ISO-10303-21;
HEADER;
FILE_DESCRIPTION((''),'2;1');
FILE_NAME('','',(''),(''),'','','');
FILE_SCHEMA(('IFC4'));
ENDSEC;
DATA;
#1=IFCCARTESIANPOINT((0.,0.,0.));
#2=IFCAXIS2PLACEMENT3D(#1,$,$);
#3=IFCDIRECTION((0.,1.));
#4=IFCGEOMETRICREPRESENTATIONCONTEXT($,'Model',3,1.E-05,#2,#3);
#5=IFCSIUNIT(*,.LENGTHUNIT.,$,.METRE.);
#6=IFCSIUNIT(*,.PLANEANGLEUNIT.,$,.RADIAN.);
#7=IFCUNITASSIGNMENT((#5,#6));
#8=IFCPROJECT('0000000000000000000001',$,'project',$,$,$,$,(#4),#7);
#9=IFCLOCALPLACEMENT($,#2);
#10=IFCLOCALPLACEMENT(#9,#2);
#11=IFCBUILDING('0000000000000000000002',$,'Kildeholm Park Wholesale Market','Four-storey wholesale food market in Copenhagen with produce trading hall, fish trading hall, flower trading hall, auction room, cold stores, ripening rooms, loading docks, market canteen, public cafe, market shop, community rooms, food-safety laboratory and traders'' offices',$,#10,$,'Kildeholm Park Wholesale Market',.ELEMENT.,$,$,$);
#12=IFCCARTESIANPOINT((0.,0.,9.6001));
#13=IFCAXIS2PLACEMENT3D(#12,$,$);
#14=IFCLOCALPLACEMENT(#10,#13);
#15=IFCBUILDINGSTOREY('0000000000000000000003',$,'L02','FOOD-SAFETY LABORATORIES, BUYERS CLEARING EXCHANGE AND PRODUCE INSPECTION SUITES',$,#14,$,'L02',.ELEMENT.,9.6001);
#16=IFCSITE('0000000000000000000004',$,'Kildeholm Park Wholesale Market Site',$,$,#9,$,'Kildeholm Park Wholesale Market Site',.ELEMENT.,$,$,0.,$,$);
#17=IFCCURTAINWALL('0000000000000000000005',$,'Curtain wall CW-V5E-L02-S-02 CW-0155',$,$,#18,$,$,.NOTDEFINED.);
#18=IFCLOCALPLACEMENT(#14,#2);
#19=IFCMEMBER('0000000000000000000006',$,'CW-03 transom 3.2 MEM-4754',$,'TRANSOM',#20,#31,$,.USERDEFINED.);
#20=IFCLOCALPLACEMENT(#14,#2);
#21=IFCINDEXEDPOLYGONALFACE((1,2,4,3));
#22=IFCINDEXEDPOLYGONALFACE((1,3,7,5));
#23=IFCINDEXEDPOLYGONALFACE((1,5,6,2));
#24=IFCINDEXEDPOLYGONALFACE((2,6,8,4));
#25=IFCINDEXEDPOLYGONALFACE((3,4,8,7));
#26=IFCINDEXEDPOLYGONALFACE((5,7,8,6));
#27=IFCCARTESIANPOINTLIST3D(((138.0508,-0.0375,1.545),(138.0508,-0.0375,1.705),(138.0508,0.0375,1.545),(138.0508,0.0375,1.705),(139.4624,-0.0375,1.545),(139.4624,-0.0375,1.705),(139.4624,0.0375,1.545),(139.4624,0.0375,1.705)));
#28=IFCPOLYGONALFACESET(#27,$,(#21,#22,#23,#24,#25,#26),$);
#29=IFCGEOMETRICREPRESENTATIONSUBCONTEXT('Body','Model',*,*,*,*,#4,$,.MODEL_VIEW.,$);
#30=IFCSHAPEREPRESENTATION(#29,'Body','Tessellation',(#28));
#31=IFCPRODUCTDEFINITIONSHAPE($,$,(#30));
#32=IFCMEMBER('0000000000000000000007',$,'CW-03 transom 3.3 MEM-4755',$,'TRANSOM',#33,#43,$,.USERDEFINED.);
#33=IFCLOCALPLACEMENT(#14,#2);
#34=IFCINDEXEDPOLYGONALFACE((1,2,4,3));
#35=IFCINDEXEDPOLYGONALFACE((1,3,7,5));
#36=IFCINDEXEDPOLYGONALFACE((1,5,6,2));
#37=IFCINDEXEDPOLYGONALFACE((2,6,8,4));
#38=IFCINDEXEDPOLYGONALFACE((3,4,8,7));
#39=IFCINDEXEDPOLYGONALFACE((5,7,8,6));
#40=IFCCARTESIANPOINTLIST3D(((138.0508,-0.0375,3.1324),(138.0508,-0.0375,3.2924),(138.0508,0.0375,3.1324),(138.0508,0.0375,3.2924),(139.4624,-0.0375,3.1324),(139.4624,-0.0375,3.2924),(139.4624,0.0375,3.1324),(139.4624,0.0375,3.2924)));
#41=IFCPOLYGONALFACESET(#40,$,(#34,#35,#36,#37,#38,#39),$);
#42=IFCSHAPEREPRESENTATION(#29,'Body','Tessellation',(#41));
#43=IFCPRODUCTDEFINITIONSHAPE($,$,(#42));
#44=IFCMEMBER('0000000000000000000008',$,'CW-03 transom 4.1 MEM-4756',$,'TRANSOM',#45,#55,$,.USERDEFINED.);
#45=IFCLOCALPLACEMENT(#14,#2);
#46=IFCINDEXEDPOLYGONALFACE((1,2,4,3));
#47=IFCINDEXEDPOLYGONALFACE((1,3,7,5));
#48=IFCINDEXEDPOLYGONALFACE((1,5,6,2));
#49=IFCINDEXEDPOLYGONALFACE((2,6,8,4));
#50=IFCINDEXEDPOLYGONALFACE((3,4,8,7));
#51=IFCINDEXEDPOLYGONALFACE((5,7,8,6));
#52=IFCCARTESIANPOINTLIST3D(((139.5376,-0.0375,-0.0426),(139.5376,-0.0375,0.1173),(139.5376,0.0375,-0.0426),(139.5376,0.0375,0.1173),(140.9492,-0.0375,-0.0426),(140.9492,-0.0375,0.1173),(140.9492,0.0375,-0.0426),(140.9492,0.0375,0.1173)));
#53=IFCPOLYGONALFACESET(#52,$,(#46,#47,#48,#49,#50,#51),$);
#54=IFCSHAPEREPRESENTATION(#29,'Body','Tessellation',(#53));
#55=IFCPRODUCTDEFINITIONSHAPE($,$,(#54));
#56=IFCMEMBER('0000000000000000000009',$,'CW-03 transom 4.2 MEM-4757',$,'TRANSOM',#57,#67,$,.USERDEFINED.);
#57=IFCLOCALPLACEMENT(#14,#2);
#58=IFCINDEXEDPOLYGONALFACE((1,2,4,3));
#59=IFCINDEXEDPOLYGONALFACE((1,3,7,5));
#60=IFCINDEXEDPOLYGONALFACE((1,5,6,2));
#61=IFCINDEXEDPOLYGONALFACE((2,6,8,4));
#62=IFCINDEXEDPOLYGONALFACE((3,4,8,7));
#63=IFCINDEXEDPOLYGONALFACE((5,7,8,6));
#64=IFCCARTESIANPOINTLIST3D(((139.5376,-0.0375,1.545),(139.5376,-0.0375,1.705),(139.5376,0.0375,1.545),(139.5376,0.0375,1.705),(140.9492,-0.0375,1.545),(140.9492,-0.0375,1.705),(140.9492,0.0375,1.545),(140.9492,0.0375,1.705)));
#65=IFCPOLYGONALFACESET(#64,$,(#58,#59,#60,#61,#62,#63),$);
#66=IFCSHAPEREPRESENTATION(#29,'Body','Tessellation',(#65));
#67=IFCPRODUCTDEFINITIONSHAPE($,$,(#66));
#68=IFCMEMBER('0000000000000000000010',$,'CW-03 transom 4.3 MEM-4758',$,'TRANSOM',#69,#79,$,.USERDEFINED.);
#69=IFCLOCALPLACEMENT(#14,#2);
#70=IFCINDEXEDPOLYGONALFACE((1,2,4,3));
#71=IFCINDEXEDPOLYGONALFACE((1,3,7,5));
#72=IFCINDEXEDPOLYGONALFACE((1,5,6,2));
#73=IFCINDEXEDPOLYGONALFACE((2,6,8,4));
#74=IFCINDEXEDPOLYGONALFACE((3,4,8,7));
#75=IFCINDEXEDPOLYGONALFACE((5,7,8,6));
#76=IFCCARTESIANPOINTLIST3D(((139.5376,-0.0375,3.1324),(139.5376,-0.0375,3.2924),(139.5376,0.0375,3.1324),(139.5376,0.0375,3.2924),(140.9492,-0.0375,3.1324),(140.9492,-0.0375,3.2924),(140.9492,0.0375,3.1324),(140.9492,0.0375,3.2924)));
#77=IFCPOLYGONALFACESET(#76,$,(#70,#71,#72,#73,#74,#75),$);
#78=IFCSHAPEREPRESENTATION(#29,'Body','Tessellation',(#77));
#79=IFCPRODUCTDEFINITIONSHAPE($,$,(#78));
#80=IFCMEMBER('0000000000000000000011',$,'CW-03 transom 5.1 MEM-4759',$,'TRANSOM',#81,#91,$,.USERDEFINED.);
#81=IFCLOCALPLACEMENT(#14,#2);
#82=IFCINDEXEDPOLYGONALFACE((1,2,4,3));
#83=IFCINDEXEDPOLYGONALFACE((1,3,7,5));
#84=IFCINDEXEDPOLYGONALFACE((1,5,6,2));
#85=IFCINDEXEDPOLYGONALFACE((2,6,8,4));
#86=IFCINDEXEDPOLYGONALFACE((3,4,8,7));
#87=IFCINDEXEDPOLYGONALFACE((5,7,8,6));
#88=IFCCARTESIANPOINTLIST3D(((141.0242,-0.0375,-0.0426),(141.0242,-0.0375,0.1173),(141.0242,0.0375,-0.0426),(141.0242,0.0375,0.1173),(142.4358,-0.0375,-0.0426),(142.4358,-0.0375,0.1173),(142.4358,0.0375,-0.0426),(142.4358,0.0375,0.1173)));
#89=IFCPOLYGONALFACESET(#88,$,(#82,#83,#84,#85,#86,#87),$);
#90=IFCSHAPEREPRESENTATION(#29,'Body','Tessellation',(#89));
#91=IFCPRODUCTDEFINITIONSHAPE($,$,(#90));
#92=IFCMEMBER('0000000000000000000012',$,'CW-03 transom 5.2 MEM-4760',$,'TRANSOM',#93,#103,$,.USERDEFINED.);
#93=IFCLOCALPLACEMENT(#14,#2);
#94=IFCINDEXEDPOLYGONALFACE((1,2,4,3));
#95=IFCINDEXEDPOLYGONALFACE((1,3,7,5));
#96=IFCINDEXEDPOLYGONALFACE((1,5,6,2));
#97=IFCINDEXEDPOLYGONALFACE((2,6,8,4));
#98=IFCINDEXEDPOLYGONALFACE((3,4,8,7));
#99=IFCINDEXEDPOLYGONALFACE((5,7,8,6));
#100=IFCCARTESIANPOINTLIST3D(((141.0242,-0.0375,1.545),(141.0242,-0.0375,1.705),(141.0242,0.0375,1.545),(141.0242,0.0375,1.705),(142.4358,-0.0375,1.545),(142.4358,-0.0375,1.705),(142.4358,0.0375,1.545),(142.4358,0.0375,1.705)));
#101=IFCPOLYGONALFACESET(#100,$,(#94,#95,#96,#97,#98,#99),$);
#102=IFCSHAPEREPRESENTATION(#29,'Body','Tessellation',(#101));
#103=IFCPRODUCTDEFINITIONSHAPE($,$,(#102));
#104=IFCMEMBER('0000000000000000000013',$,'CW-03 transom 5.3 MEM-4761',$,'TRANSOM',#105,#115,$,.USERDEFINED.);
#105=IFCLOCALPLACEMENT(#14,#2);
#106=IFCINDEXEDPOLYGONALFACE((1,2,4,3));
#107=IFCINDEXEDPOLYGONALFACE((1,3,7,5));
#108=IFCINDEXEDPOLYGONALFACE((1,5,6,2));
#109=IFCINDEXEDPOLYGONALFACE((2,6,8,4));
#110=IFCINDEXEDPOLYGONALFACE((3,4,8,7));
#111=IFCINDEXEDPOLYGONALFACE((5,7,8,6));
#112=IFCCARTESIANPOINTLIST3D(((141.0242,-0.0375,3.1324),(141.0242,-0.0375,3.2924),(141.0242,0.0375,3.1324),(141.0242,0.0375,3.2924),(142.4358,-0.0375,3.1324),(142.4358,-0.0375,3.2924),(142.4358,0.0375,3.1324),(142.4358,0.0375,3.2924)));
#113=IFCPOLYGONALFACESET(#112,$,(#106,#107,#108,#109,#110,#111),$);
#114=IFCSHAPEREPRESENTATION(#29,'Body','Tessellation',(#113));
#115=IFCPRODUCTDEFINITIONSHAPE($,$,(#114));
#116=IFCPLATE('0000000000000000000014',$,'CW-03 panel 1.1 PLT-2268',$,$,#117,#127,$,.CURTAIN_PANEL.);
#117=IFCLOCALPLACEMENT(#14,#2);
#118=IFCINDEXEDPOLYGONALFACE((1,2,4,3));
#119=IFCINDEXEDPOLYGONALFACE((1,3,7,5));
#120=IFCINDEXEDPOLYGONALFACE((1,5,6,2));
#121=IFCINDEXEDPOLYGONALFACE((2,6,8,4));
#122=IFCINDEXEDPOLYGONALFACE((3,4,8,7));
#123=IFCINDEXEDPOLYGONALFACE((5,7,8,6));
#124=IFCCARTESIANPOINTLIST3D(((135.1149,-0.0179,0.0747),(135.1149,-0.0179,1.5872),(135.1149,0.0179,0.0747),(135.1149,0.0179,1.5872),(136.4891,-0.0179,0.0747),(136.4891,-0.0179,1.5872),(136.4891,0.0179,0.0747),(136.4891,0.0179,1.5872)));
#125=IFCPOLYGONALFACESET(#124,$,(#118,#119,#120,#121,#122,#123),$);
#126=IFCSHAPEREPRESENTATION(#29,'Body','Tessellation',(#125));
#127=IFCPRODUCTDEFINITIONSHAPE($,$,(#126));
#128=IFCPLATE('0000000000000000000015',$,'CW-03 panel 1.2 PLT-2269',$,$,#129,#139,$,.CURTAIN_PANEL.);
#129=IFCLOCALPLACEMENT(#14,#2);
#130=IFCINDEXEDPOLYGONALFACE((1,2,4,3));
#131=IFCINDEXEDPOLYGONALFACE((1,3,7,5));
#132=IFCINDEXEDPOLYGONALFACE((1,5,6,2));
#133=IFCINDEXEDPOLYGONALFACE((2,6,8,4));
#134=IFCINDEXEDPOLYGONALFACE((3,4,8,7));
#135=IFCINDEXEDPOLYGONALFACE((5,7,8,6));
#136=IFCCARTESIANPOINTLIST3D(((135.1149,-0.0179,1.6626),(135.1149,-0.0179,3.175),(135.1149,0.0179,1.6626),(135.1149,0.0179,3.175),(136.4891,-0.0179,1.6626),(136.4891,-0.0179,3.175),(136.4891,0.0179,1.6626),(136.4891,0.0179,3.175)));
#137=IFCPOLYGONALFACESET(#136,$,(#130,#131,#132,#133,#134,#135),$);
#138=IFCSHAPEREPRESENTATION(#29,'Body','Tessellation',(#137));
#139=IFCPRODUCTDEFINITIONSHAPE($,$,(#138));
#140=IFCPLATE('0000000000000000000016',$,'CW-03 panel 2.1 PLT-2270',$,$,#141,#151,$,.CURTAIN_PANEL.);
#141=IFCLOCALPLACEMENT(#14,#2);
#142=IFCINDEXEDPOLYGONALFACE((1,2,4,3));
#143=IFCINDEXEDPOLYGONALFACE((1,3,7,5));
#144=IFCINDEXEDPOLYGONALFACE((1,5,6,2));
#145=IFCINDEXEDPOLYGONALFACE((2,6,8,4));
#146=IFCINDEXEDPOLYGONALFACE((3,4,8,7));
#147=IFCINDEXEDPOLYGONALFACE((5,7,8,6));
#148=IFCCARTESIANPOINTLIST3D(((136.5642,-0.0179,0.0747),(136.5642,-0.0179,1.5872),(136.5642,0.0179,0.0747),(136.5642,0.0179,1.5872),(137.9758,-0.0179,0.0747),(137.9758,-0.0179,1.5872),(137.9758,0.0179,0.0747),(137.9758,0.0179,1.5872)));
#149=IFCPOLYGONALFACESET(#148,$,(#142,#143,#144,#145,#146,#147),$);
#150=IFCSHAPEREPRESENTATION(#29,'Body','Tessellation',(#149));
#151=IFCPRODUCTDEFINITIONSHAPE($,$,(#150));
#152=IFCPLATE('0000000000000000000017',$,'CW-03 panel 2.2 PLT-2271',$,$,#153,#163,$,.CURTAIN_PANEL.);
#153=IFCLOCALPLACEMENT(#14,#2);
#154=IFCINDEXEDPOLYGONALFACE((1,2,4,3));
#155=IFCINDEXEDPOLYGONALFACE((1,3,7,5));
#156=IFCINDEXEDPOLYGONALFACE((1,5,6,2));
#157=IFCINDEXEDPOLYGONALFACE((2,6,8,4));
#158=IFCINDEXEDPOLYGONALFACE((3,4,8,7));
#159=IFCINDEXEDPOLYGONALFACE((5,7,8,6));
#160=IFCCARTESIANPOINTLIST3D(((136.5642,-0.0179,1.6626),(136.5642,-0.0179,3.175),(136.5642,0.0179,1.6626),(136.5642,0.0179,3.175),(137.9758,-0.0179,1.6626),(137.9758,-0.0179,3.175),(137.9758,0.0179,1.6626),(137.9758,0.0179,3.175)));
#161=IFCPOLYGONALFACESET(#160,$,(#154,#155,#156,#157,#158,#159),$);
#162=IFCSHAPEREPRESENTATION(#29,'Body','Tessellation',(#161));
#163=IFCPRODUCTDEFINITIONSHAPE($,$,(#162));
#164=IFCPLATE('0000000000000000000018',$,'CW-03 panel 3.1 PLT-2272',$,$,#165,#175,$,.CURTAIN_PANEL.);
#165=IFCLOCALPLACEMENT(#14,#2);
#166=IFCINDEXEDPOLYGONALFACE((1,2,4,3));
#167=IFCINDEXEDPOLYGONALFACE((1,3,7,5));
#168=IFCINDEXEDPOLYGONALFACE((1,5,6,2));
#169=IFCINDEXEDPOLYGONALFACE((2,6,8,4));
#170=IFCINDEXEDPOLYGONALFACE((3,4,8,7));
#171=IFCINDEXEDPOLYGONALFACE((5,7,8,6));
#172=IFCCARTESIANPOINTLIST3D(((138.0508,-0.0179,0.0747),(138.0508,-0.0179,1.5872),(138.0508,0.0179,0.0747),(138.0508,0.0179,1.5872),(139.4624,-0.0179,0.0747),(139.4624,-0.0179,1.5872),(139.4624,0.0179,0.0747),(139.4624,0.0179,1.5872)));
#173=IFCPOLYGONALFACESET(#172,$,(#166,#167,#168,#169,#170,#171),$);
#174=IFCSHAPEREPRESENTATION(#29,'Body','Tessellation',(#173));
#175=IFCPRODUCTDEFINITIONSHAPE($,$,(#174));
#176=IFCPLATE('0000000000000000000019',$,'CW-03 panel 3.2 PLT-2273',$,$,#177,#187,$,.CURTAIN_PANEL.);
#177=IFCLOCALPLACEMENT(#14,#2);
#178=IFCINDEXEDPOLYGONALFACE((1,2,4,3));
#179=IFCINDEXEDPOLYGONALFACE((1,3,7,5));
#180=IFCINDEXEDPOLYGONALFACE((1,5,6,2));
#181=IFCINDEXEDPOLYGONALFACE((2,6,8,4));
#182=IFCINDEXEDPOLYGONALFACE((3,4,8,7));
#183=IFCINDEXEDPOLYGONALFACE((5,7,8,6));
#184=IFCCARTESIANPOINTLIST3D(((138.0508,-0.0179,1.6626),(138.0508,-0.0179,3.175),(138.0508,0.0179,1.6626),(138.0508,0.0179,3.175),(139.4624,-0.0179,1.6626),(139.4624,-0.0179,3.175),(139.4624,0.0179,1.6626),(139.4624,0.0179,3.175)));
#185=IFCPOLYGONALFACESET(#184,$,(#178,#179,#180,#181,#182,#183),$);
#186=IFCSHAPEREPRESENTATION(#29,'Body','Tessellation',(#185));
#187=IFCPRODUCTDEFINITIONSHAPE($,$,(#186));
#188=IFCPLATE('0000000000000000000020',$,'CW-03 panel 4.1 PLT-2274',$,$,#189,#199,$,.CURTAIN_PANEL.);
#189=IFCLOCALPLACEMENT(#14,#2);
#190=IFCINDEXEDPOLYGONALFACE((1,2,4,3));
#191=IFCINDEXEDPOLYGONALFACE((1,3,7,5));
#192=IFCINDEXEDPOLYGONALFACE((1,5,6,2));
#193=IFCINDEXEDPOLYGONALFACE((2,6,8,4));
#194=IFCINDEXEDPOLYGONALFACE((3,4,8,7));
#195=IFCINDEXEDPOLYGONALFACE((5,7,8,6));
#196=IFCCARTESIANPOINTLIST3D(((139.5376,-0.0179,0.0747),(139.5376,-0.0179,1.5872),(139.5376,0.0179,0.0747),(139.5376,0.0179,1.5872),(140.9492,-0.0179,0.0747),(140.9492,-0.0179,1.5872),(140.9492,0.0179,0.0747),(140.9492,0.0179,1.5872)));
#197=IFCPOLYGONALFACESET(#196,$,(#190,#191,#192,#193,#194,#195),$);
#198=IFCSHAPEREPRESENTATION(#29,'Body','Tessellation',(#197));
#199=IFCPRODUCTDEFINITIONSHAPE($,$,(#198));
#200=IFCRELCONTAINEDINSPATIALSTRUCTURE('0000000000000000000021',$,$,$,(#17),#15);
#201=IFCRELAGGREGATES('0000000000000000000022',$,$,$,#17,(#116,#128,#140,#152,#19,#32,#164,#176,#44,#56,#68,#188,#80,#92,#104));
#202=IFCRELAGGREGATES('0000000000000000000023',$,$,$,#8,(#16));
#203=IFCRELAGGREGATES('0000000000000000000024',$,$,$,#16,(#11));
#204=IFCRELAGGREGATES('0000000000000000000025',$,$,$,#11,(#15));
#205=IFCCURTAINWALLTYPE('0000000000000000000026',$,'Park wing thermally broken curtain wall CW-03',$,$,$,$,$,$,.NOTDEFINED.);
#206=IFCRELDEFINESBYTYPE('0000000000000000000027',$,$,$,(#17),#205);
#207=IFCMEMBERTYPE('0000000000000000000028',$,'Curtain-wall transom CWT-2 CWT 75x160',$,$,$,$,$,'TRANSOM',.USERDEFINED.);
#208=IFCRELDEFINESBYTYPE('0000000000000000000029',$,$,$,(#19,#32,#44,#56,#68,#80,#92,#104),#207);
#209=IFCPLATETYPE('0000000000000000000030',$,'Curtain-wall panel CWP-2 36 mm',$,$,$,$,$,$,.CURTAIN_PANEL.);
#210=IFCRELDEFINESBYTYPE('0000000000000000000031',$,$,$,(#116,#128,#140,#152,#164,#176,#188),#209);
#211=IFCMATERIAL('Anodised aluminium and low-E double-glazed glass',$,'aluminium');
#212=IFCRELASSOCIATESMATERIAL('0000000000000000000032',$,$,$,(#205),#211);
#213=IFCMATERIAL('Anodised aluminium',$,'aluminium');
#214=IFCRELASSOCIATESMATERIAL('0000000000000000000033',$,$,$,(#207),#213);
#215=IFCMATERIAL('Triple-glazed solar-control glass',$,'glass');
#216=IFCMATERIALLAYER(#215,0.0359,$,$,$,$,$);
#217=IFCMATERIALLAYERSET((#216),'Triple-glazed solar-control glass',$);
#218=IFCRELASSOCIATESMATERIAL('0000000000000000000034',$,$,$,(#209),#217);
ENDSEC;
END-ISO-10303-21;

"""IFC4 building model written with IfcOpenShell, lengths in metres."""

from ifc_helpers import new_model, si_unit, direction, frame, origin, origin_2d, place, context, subcontext, project, spatial, rectangle, extrude, material, layer, layer_set, material_profile, profile_set, type_object, element, aggregate, save


model = new_model("IFC4")

# Units and contexts
model_context = context("Model", 3, precision=1e-05, world=origin(), true_north=direction((0.0, 1.0)))
body_context = subcontext(model_context, "Body", "Model", "MODEL_VIEW")
ifc_project = project(units=[si_unit("LENGTHUNIT", "METRE"), si_unit("PLANEANGLEUNIT", "RADIAN")], contexts=[model_context])

# Site, building, storey
site_placement = place(None, origin())
site = spatial("IfcSite", under=ifc_project, at=site_placement, Name="Kildeholm Park Wholesale Market Site", LongName="Kildeholm Park Wholesale Market Site", CompositionType="ELEMENT", RefElevation=0.0)
building_placement = place(site_placement, origin())
building = spatial("IfcBuilding", under=site, at=building_placement, Name="Kildeholm Park Wholesale Market", Description="Four-storey wholesale food market in Copenhagen with produce trading hall, fish trading hall, flower trading hall, auction room, cold stores, ripening rooms, loading docks, market canteen, public cafe, market shop, community rooms, food-safety laboratory and traders' offices", LongName="Kildeholm Park Wholesale Market", CompositionType="ELEMENT")
storey_placement = place(building_placement, frame((0.0, 0.0, 9.6001)))
storey = spatial("IfcBuildingStorey", under=building, at=storey_placement, Name="L02", Description="FOOD-SAFETY LABORATORIES, BUYERS CLEARING EXCHANGE AND PRODUCE INSPECTION SUITES", LongName="L02", CompositionType="ELEMENT", Elevation=9.6001)

# Curtain wall, members, plates
ifc_material_1 = material(Name="Anodised aluminium and low-E double-glazed glass", Category="aluminium")
curtain_wall_type = type_object("IfcCurtainWallType", Name="Park wing thermally broken curtain wall CW-03", PredefinedType="NOTDEFINED", material=ifc_material_1)
curtain_wall_placement = place(storey_placement, origin())
curtain_wall = element("IfcCurtainWall", 1, at=curtain_wall_placement, inside=storey, type_object=curtain_wall_type, Name="Curtain wall CW-V5E-L02-S-02 CW-0155", PredefinedType="NOTDEFINED")
ifc_material_2 = material(Name="Anodised aluminium", Category="aluminium")
ifc_material_profile_1 = material_profile(ifc_material_2, rectangle(XDim=0.075, YDim=0.1599, at=origin_2d()), Name="CWT 75x160")
ifc_profile_set_1 = profile_set([ifc_material_profile_1], Name="Anodised aluminium")
member_type_1 = type_object("IfcMemberType", Name="Curtain-wall transom CWT-2 CWT 75x160", ElementType="TRANSOM", PredefinedType="USERDEFINED", material=ifc_profile_set_1)
member_1_placement = place(storey_placement, frame((138.0508, 0.0, 1.625), z_axis=(1.0, 0.0, 0.0), x_axis=(0.0, 1.0, 0.0)))
member_1 = element("IfcMember", 2, at=member_1_placement, type_object=member_type_1, Name="CW-03 transom 3.2 MEM-4754", ObjectType="TRANSOM", PredefinedType="USERDEFINED", context=body_context, shape_type="SweptSolid", body=[
    extrude(rectangle(XDim=0.075, YDim=0.1599, at=origin_2d()), origin(), (0.0, 0.0, 1.0), 1.4116),
])
member_2_placement = place(storey_placement, frame((138.0508, 0.0, 3.2124), z_axis=(1.0, 0.0, 0.0), x_axis=(0.0, 1.0, 0.0)))
member_2 = element("IfcMember", 3, at=member_2_placement, type_object=member_type_1, Name="CW-03 transom 3.3 MEM-4755", ObjectType="TRANSOM", PredefinedType="USERDEFINED", context=body_context, shape_type="SweptSolid", body=[
    extrude(rectangle(XDim=0.075, YDim=0.1599, at=origin_2d()), origin(), (0.0, 0.0, 1.0), 1.4116),
])
member_3_placement = place(storey_placement, frame((139.5376, 0.0, 0.0374), z_axis=(1.0, 0.0, 0.0), x_axis=(0.0, 1.0, 0.0)))
member_3 = element("IfcMember", 4, at=member_3_placement, type_object=member_type_1, Name="CW-03 transom 4.1 MEM-4756", ObjectType="TRANSOM", PredefinedType="USERDEFINED", context=body_context, shape_type="SweptSolid", body=[
    extrude(rectangle(XDim=0.075, YDim=0.1599, at=origin_2d()), origin(), (0.0, 0.0, 1.0), 1.4116),
])
member_4_placement = place(storey_placement, frame((139.5376, 0.0, 1.625), z_axis=(1.0, 0.0, 0.0), x_axis=(0.0, 1.0, 0.0)))
member_4 = element("IfcMember", 5, at=member_4_placement, type_object=member_type_1, Name="CW-03 transom 4.2 MEM-4757", ObjectType="TRANSOM", PredefinedType="USERDEFINED", context=body_context, shape_type="SweptSolid", body=[
    extrude(rectangle(XDim=0.075, YDim=0.1599, at=origin_2d()), origin(), (0.0, 0.0, 1.0), 1.4116),
])
member_5_placement = place(storey_placement, frame((139.5376, 0.0, 3.2124), z_axis=(1.0, 0.0, 0.0), x_axis=(0.0, 1.0, 0.0)))
member_5 = element("IfcMember", 6, at=member_5_placement, type_object=member_type_1, Name="CW-03 transom 4.3 MEM-4758", ObjectType="TRANSOM", PredefinedType="USERDEFINED", context=body_context, shape_type="SweptSolid", body=[
    extrude(rectangle(XDim=0.075, YDim=0.1599, at=origin_2d()), origin(), (0.0, 0.0, 1.0), 1.4116),
])
member_6_placement = place(storey_placement, frame((141.0242, 0.0, 0.0374), z_axis=(1.0, 0.0, 0.0), x_axis=(0.0, 1.0, 0.0)))
member_6 = element("IfcMember", 7, at=member_6_placement, type_object=member_type_1, Name="CW-03 transom 5.1 MEM-4759", ObjectType="TRANSOM", PredefinedType="USERDEFINED", context=body_context, shape_type="SweptSolid", body=[
    extrude(rectangle(XDim=0.075, YDim=0.1599, at=origin_2d()), origin(), (0.0, 0.0, 1.0), 1.4116),
])
member_7_placement = place(storey_placement, frame((141.0242, 0.0, 1.625), z_axis=(1.0, 0.0, 0.0), x_axis=(0.0, 1.0, 0.0)))
member_7 = element("IfcMember", 8, at=member_7_placement, type_object=member_type_1, Name="CW-03 transom 5.2 MEM-4760", ObjectType="TRANSOM", PredefinedType="USERDEFINED", context=body_context, shape_type="SweptSolid", body=[
    extrude(rectangle(XDim=0.075, YDim=0.1599, at=origin_2d()), origin(), (0.0, 0.0, 1.0), 1.4116),
])
member_8_placement = place(storey_placement, frame((141.0242, 0.0, 3.2124), z_axis=(1.0, 0.0, 0.0), x_axis=(0.0, 1.0, 0.0)))
member_8 = element("IfcMember", 9, at=member_8_placement, type_object=member_type_1, Name="CW-03 transom 5.3 MEM-4761", ObjectType="TRANSOM", PredefinedType="USERDEFINED", context=body_context, shape_type="SweptSolid", body=[
    extrude(rectangle(XDim=0.075, YDim=0.1599, at=origin_2d()), origin(), (0.0, 0.0, 1.0), 1.4116),
])
ifc_material_3 = material(Name="Triple-glazed solar-control glass", Category="glass")
ifc_layer = layer(ifc_material_3, 0.0359)
ifc_layer_set = layer_set([ifc_layer], Name="Triple-glazed solar-control glass")
plate_type = type_object("IfcPlateType", Name="Curtain-wall panel CWP-2 36 mm", PredefinedType="CURTAIN_PANEL", material=ifc_layer_set)
plate_1_placement = place(storey_placement, frame((135.802, 0.0, 0.0747), z_axis=(0.0, 0.0, 1.0), x_axis=(1.0, 0.0, 0.0)))
plate_1 = element("IfcPlate", 10, at=plate_1_placement, type_object=plate_type, Name="CW-03 panel 1.1 PLT-2268", PredefinedType="CURTAIN_PANEL", context=body_context, shape_type="SweptSolid", body=[
    extrude(rectangle(XDim=1.3743, YDim=0.0359, at=origin_2d()), origin(), (0.0, 0.0, 1.0), 1.5125),
])
plate_2_placement = place(storey_placement, frame((135.802, 0.0, 1.6626), z_axis=(0.0, 0.0, 1.0), x_axis=(1.0, 0.0, 0.0)))
plate_2 = element("IfcPlate", 11, at=plate_2_placement, type_object=plate_type, Name="CW-03 panel 1.2 PLT-2269", PredefinedType="CURTAIN_PANEL", context=body_context, shape_type="SweptSolid", body=[
    extrude(rectangle(XDim=1.3743, YDim=0.0359, at=origin_2d()), origin(), (0.0, 0.0, 1.0), 1.5125),
])
plate_3_placement = place(storey_placement, frame((137.27, 0.0, 0.0747), z_axis=(0.0, 0.0, 1.0), x_axis=(1.0, 0.0, 0.0)))
plate_3 = element("IfcPlate", 12, at=plate_3_placement, type_object=plate_type, Name="CW-03 panel 2.1 PLT-2270", PredefinedType="CURTAIN_PANEL", context=body_context, shape_type="SweptSolid", body=[
    extrude(rectangle(XDim=1.4116, YDim=0.0359, at=origin_2d()), origin(), (0.0, 0.0, 1.0), 1.5125),
])
plate_4_placement = place(storey_placement, frame((137.27, 0.0, 1.6626), z_axis=(0.0, 0.0, 1.0), x_axis=(1.0, 0.0, 0.0)))
plate_4 = element("IfcPlate", 13, at=plate_4_placement, type_object=plate_type, Name="CW-03 panel 2.2 PLT-2271", PredefinedType="CURTAIN_PANEL", context=body_context, shape_type="SweptSolid", body=[
    extrude(rectangle(XDim=1.4116, YDim=0.0359, at=origin_2d()), origin(), (0.0, 0.0, 1.0), 1.5125),
])
plate_5_placement = place(storey_placement, frame((138.7566, 0.0, 0.0747), z_axis=(0.0, 0.0, 1.0), x_axis=(1.0, 0.0, 0.0)))
plate_5 = element("IfcPlate", 14, at=plate_5_placement, type_object=plate_type, Name="CW-03 panel 3.1 PLT-2272", PredefinedType="CURTAIN_PANEL", context=body_context, shape_type="SweptSolid", body=[
    extrude(rectangle(XDim=1.4116, YDim=0.0359, at=origin_2d()), origin(), (0.0, 0.0, 1.0), 1.5125),
])
plate_6_placement = place(storey_placement, frame((138.7566, 0.0, 1.6626), z_axis=(0.0, 0.0, 1.0), x_axis=(1.0, 0.0, 0.0)))
plate_6 = element("IfcPlate", 15, at=plate_6_placement, type_object=plate_type, Name="CW-03 panel 3.2 PLT-2273", PredefinedType="CURTAIN_PANEL", context=body_context, shape_type="SweptSolid", body=[
    extrude(rectangle(XDim=1.4116, YDim=0.0359, at=origin_2d()), origin(), (0.0, 0.0, 1.0), 1.5125),
])
plate_7_placement = place(storey_placement, frame((140.2434, 0.0, 0.0747), z_axis=(0.0, 0.0, 1.0), x_axis=(1.0, 0.0, 0.0)))
plate_7 = element("IfcPlate", 16, at=plate_7_placement, type_object=plate_type, Name="CW-03 panel 4.1 PLT-2274", PredefinedType="CURTAIN_PANEL", context=body_context, shape_type="SweptSolid", body=[
    extrude(rectangle(XDim=1.4116, YDim=0.0359, at=origin_2d()), origin(), (0.0, 0.0, 1.0), 1.5125),
])
aggregate(curtain_wall, [plate_1, plate_2, plate_3, plate_4, member_1, member_2, plate_5, plate_6, member_3, member_4, member_5, plate_7, member_6, member_7, member_8])

save(model, "model.ifc")
